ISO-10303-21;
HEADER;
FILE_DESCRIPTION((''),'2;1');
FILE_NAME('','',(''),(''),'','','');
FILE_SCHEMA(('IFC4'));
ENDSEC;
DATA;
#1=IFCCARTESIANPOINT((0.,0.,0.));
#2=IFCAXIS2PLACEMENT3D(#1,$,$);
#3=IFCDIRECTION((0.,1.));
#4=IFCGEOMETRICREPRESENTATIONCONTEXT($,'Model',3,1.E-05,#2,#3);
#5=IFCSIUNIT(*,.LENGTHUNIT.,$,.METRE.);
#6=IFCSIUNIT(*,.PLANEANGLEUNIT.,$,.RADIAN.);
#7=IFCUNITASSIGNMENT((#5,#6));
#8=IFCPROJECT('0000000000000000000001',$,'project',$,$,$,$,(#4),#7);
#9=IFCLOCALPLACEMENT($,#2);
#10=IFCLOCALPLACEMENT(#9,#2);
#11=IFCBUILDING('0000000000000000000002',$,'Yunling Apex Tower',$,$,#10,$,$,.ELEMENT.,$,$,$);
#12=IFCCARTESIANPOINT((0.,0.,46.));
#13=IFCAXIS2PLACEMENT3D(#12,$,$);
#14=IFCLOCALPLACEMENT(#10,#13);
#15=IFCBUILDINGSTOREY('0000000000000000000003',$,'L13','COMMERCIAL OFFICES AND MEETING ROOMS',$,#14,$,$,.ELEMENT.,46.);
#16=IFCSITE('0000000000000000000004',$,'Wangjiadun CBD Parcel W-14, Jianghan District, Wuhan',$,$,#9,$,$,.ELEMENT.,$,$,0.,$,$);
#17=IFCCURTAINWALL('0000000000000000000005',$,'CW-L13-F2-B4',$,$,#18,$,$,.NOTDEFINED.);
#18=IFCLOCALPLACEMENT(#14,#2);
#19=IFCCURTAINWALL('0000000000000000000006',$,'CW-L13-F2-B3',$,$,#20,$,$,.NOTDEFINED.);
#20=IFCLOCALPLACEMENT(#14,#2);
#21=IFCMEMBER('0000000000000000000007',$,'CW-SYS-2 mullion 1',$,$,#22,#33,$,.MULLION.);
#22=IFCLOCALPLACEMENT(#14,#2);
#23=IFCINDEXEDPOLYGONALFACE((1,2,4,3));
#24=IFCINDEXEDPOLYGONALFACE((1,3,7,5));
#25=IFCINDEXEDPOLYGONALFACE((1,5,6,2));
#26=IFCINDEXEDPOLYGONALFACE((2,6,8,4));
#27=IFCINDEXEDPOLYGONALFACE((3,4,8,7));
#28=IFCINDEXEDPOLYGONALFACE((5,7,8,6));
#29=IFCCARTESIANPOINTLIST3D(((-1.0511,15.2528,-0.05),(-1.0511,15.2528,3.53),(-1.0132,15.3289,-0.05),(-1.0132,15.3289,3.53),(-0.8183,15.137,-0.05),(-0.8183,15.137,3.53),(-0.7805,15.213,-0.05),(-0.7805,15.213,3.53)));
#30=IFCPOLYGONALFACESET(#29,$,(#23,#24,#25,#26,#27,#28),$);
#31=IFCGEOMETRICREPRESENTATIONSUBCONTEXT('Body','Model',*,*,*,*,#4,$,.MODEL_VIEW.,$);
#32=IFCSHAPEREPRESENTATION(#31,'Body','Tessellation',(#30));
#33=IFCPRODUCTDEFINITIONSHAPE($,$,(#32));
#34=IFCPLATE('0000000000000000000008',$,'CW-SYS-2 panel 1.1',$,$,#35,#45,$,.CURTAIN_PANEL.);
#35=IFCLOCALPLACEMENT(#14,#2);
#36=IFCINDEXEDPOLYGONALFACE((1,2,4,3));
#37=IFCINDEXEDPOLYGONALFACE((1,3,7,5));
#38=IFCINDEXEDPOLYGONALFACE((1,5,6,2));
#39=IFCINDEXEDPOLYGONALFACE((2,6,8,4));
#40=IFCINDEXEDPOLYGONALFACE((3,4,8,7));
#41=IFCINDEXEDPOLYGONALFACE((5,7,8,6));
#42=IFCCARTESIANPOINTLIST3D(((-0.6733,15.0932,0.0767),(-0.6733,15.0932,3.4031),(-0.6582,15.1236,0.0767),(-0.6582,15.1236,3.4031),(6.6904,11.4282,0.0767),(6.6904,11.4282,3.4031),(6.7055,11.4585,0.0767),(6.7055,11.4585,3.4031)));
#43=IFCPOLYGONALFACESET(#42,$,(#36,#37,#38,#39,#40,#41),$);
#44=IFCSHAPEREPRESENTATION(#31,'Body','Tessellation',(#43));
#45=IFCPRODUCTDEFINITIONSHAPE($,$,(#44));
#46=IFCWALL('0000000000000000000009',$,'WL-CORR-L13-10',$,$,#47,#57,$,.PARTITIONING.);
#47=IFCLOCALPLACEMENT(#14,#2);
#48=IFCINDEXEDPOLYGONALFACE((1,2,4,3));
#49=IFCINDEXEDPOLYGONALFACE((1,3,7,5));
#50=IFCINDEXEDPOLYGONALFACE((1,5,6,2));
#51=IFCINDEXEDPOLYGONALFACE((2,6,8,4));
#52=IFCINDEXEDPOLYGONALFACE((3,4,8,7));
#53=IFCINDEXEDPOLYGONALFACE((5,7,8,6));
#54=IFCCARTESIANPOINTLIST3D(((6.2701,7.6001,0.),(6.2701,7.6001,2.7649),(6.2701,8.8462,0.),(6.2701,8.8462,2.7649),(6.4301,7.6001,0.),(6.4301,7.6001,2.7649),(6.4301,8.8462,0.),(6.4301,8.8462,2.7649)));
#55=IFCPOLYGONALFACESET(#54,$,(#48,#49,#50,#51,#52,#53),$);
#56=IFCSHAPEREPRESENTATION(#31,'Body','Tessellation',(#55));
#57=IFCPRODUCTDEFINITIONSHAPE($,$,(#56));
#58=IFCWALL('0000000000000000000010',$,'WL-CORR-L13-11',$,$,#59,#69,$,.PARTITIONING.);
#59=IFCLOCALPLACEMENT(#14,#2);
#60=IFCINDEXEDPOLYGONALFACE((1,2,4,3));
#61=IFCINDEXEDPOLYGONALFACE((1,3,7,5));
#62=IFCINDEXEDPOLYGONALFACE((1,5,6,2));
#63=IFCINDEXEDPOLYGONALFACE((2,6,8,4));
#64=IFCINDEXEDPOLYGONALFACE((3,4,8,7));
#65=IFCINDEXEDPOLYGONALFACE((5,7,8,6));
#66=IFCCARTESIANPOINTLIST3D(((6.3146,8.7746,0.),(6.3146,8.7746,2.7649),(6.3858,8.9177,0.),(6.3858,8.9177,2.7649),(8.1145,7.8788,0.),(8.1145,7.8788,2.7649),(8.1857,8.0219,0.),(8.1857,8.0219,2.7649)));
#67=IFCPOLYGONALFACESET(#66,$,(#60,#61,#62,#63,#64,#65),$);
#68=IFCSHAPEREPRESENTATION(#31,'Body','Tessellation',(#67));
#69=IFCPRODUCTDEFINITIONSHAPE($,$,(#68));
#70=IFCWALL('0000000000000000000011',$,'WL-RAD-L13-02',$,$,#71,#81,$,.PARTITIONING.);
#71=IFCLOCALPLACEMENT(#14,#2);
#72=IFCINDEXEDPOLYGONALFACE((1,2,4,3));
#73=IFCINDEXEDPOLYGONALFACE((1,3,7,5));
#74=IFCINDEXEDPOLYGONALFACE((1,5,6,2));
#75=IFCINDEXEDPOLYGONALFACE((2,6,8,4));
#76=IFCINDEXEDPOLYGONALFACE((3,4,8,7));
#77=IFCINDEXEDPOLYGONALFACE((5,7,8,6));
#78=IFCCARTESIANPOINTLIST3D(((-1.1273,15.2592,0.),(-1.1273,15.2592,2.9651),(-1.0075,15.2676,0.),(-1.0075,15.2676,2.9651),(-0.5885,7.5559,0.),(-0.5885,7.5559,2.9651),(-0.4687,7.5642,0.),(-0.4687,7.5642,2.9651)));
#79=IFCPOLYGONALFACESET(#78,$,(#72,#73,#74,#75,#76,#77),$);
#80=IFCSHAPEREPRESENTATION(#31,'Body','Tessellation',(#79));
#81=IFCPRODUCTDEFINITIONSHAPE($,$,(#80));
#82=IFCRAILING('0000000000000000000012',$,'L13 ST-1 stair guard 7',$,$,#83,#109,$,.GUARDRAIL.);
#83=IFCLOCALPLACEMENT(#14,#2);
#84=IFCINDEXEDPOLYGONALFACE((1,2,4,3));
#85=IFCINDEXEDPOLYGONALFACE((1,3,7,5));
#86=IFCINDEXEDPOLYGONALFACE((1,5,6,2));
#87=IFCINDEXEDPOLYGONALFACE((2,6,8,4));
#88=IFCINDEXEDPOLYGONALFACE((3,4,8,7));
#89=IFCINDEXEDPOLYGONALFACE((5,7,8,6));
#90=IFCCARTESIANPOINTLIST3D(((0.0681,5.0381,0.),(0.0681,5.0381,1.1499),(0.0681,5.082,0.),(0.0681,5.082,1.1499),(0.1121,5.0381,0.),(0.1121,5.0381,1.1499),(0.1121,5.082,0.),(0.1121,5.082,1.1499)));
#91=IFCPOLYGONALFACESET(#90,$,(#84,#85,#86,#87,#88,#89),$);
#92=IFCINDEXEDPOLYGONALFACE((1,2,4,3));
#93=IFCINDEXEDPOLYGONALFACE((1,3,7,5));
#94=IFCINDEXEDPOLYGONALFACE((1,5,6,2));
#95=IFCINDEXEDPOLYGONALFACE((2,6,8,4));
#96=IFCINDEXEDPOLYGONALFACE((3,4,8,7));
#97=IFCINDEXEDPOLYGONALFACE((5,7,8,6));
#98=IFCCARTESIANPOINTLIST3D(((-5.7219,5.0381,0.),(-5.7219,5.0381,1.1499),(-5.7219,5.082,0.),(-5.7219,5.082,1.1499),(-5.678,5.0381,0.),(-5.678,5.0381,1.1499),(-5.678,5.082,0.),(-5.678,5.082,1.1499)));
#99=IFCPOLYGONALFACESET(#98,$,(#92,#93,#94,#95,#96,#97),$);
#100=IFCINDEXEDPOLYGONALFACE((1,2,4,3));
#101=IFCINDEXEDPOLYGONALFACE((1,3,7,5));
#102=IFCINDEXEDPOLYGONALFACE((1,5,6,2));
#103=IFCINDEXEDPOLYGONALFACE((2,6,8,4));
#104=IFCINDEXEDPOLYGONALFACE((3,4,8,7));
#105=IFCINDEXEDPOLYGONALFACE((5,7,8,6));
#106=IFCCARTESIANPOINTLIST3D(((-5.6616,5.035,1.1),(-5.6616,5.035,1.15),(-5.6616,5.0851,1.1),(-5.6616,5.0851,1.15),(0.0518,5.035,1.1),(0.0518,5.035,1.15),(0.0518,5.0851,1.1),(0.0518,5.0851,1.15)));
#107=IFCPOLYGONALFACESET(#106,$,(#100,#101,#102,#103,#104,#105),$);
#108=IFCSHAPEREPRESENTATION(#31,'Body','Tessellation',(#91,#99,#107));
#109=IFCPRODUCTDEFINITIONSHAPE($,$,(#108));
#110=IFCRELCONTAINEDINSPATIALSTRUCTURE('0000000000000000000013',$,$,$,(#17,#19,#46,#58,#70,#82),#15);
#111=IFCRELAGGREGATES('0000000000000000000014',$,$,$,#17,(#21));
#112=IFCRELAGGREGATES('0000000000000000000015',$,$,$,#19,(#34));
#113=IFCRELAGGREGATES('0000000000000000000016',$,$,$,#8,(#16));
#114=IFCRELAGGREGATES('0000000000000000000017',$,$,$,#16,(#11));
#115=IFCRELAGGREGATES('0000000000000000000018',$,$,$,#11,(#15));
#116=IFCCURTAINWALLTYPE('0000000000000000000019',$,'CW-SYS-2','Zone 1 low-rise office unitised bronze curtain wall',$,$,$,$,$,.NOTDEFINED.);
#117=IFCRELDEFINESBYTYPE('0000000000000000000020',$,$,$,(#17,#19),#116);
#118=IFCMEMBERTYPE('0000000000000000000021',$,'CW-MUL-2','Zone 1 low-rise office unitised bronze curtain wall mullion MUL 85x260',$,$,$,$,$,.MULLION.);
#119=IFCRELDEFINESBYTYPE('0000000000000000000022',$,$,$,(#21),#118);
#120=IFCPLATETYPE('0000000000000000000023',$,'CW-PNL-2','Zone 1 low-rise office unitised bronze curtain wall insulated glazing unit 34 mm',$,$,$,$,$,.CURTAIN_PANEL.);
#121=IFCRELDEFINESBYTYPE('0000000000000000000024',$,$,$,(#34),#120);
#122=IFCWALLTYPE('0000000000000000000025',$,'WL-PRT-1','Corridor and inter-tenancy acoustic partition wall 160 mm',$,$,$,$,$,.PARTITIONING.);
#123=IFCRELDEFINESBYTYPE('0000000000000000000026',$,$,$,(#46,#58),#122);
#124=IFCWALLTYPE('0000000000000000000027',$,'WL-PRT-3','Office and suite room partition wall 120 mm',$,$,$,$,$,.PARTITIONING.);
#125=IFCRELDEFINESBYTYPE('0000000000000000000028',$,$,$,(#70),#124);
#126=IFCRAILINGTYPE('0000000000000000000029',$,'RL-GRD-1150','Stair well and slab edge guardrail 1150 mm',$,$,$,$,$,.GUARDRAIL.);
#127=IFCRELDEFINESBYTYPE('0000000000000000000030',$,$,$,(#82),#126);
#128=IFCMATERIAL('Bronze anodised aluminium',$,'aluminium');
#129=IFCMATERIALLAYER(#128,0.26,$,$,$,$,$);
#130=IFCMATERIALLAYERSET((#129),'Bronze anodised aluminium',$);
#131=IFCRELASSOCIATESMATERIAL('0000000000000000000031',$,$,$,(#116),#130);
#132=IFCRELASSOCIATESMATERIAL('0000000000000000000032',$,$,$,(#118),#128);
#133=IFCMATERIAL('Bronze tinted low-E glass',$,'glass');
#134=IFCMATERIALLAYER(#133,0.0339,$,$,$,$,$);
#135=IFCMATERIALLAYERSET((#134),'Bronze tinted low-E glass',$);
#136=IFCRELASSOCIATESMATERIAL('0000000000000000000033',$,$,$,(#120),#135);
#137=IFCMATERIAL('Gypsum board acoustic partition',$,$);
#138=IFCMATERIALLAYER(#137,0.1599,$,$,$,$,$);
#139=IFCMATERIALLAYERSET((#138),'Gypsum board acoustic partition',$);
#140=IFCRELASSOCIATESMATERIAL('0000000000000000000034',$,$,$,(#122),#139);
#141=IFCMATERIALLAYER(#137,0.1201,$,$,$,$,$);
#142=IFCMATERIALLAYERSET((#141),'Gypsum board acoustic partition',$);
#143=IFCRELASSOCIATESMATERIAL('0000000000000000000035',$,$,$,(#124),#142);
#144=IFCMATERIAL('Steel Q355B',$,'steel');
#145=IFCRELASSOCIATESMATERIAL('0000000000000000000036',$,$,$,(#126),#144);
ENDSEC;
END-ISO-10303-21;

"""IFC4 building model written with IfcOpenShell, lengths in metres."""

from ifc_helpers import new_model, si_unit, direction, frame, frame_2d, origin, origin_2d, place, context, subcontext, project, spatial, rectangle, extrude, source, transform, mapped, material, layer, layer_set, material_profile, profile_set, type_object, element, aggregate, save


model = new_model("IFC4")

# Units and contexts
model_context = context("Model", 3, precision=1e-05, world=origin(), true_north=direction((0.0, 1.0)))
body_context = subcontext(model_context, "Body", "Model", "MODEL_VIEW")
ifc_project = project(units=[si_unit("LENGTHUNIT", "METRE"), si_unit("PLANEANGLEUNIT", "RADIAN")], contexts=[model_context])

# Site, building, storey
site_placement = place(None, origin())
site = spatial("IfcSite", under=ifc_project, at=site_placement, Name="Wangjiadun CBD Parcel W-14, Jianghan District, Wuhan", CompositionType="ELEMENT", RefElevation=0.0)
building_placement = place(site_placement, origin())
building = spatial("IfcBuilding", under=site, at=building_placement, Name="Yunling Apex Tower", CompositionType="ELEMENT")
storey_placement = place(building_placement, frame((0.0, 0.0, 46.0)))
storey = spatial("IfcBuildingStorey", under=building, at=storey_placement, Name="L13", Description="COMMERCIAL OFFICES AND MEETING ROOMS", CompositionType="ELEMENT", Elevation=46.0)

# Shared definitions
ifc_material_1 = material(Name="Steel Q355B", Category="steel")

# Curtain wall
ifc_material_2 = material(Name="Bronze anodised aluminium", Category="aluminium")
ifc_layer_1 = layer(ifc_material_2, 0.26)
ifc_layer_set_1 = layer_set([ifc_layer_1], Name="Bronze anodised aluminium")
curtain_wall_type = type_object("IfcCurtainWallType", Name="CW-SYS-2", Description="Zone 1 low-rise office unitised bronze curtain wall", PredefinedType="NOTDEFINED", material=ifc_layer_set_1)
curtain_wall_1_placement = place(storey_placement, origin())
curtain_wall_1 = element("IfcCurtainWall", 1, at=curtain_wall_1_placement, inside=storey, type_object=curtain_wall_type, Name="CW-L13-F2-B4", PredefinedType="NOTDEFINED")

# Curtain wall
curtain_wall_2_placement = place(storey_placement, origin())
curtain_wall_2 = element("IfcCurtainWall", 2, at=curtain_wall_2_placement, inside=storey, type_object=curtain_wall_type, Name="CW-L13-F2-B3", PredefinedType="NOTDEFINED")
ifc_material_profile_1 = material_profile(ifc_material_2, rectangle(XDim=0.085, YDim=0.26, at=origin_2d()))
ifc_profile_set_1 = profile_set([ifc_material_profile_1], Name="Bronze anodised aluminium")
member_type_1 = type_object("IfcMemberType", Name="CW-MUL-2", Description="Zone 1 low-rise office unitised bronze curtain wall mullion MUL 85x260", PredefinedType="MULLION", material=ifc_profile_set_1)
shared_shape_1 = source(origin(), body_context, "Body", "SweptSolid", [
    extrude(rectangle(XDim=0.085, YDim=0.26, at=origin_2d()), origin(), (0.0, 0.0, 1.0), 3.5801),
])

# Member
member_1_placement = place(storey_placement, frame((-0.9158, 15.2329, -0.05), z_axis=(0.0, 0.0, 1.0), x_axis=(-0.445571, -0.895247, 0.0)))
member_1 = element("IfcMember", 3, at=member_1_placement, type_object=member_type_1, Name="CW-SYS-2 mullion 1", PredefinedType="MULLION", context=body_context, shape_type="MappedRepresentation", body=[
    mapped(shared_shape_1, transform((0.0, 0.0, 0.0), scale=1.0)),
])
aggregate(curtain_wall_1, [member_1])

# Plate
ifc_material_3 = material(Name="Bronze tinted low-E glass", Category="glass")
ifc_layer_2 = layer(ifc_material_3, 0.0339)
ifc_layer_set_2 = layer_set([ifc_layer_2], Name="Bronze tinted low-E glass")
plate_type = type_object("IfcPlateType", Name="CW-PNL-2", Description="Zone 1 low-rise office unitised bronze curtain wall insulated glazing unit 34 mm", PredefinedType="CURTAIN_PANEL", material=ifc_layer_set_2)
shared_shape_2 = source(origin(), body_context, "Body", "SweptSolid", [
    extrude(rectangle(XDim=8.2253, YDim=0.0339, at=origin_2d()), origin(), (0.0, 0.0, 1.0), 3.3264),
])
plate_placement = place(storey_placement, frame((3.0161, 13.2759, 0.0767), z_axis=(0.0, 0.0, 1.0), x_axis=(-0.895242, 0.44558, 0.0)))
plate = element("IfcPlate", 4, at=plate_placement, type_object=plate_type, Name="CW-SYS-2 panel 1.1", PredefinedType="CURTAIN_PANEL", context=body_context, shape_type="MappedRepresentation", body=[
    mapped(shared_shape_2, transform((0.0, 0.0, 0.0), scale=1.0)),
])
aggregate(curtain_wall_2, [plate])

# Walls
ifc_material_4 = material(Name="Gypsum board acoustic partition")
ifc_layer_3 = layer(ifc_material_4, 0.1599)
ifc_layer_set_3 = layer_set([ifc_layer_3], Name="Gypsum board acoustic partition")
wall_type_1 = type_object("IfcWallType", Name="WL-PRT-1", Description="Corridor and inter-tenancy acoustic partition wall 160 mm", PredefinedType="PARTITIONING", material=ifc_layer_set_3)
wall_1_placement = place(storey_placement, frame((6.3501, 7.6001, 0.0), z_axis=(0.0, 0.0, 1.0), x_axis=(0.0, 1.0, 0.0)))
element("IfcWall", 5, at=wall_1_placement, inside=storey, type_object=wall_type_1, Name="WL-CORR-L13-10", PredefinedType="PARTITIONING", context=body_context, shape_type="SweptSolid", body=[
    extrude(rectangle(XDim=1.2461, YDim=0.1599, at=frame_2d((0.623, 0.0))), origin(), (0.0, 0.0, 1.0), 2.7649),
])
wall_2_placement = place(storey_placement, frame((6.3501, 8.8462, 0.0), z_axis=(0.0, 0.0, 1.0), x_axis=(0.895251, -0.445561, 0.0)))
element("IfcWall", 6, at=wall_2_placement, inside=storey, type_object=wall_type_1, Name="WL-CORR-L13-11", PredefinedType="PARTITIONING", context=body_context, shape_type="SweptSolid", body=[
    extrude(rectangle(XDim=2.0105, YDim=0.1599, at=frame_2d((1.0054, 0.0))), origin(), (0.0, 0.0, 1.0), 2.7649),
])
ifc_layer_4 = layer(ifc_material_4, 0.1201)
ifc_layer_set_4 = layer_set([ifc_layer_4], Name="Gypsum board acoustic partition")
wall_type_2 = type_object("IfcWallType", Name="WL-PRT-3", Description="Office and suite room partition wall 120 mm", PredefinedType="PARTITIONING", material=ifc_layer_set_4)
wall_3_placement = place(storey_placement, frame((-0.5286, 7.5601, 0.0), z_axis=(0.0, 0.0, 1.0), x_axis=(-0.069775, 0.997563, 0.0)))
element("IfcWall", 7, at=wall_3_placement, inside=storey, type_object=wall_type_2, Name="WL-RAD-L13-02", PredefinedType="PARTITIONING", context=body_context, shape_type="SweptSolid", body=[
    extrude(rectangle(XDim=7.7222, YDim=0.1201, at=frame_2d((3.8611, 0.0))), origin(), (0.0, 0.0, 1.0), 2.9651),
])

# Railing
railing_type = type_object("IfcRailingType", Name="RL-GRD-1150", Description="Stair well and slab edge guardrail 1150 mm", PredefinedType="GUARDRAIL", material=ifc_material_1)
railing_placement = place(storey_placement, frame((0.0901, 5.0601, 0.0)))
element("IfcRailing", 8, at=railing_placement, inside=storey, type_object=railing_type, Name="L13 ST-1 stair guard 7", PredefinedType="GUARDRAIL", context=body_context, shape_type="SweptSolid", body=[
    extrude(rectangle(XDim=0.0439, YDim=0.0439, at=origin_2d()), origin(), (0.0, 0.0, 1.0), 1.1499),
    extrude(rectangle(XDim=0.0439, YDim=0.0439, at=origin_2d()), frame((-5.79, 0.0, 0.0)), (0.0, 0.0, 1.0), 1.1499),
    extrude(rectangle(XDim=0.05, YDim=0.05, at=origin_2d()), frame((-0.0383, 0.0, 1.125), z_axis=(-1.0, 0.0, 0.0), x_axis=(0.0, -1.0, 0.0)), (0.0, 0.0, 1.0), 5.7134),
])

save(model, "model.ifc")
